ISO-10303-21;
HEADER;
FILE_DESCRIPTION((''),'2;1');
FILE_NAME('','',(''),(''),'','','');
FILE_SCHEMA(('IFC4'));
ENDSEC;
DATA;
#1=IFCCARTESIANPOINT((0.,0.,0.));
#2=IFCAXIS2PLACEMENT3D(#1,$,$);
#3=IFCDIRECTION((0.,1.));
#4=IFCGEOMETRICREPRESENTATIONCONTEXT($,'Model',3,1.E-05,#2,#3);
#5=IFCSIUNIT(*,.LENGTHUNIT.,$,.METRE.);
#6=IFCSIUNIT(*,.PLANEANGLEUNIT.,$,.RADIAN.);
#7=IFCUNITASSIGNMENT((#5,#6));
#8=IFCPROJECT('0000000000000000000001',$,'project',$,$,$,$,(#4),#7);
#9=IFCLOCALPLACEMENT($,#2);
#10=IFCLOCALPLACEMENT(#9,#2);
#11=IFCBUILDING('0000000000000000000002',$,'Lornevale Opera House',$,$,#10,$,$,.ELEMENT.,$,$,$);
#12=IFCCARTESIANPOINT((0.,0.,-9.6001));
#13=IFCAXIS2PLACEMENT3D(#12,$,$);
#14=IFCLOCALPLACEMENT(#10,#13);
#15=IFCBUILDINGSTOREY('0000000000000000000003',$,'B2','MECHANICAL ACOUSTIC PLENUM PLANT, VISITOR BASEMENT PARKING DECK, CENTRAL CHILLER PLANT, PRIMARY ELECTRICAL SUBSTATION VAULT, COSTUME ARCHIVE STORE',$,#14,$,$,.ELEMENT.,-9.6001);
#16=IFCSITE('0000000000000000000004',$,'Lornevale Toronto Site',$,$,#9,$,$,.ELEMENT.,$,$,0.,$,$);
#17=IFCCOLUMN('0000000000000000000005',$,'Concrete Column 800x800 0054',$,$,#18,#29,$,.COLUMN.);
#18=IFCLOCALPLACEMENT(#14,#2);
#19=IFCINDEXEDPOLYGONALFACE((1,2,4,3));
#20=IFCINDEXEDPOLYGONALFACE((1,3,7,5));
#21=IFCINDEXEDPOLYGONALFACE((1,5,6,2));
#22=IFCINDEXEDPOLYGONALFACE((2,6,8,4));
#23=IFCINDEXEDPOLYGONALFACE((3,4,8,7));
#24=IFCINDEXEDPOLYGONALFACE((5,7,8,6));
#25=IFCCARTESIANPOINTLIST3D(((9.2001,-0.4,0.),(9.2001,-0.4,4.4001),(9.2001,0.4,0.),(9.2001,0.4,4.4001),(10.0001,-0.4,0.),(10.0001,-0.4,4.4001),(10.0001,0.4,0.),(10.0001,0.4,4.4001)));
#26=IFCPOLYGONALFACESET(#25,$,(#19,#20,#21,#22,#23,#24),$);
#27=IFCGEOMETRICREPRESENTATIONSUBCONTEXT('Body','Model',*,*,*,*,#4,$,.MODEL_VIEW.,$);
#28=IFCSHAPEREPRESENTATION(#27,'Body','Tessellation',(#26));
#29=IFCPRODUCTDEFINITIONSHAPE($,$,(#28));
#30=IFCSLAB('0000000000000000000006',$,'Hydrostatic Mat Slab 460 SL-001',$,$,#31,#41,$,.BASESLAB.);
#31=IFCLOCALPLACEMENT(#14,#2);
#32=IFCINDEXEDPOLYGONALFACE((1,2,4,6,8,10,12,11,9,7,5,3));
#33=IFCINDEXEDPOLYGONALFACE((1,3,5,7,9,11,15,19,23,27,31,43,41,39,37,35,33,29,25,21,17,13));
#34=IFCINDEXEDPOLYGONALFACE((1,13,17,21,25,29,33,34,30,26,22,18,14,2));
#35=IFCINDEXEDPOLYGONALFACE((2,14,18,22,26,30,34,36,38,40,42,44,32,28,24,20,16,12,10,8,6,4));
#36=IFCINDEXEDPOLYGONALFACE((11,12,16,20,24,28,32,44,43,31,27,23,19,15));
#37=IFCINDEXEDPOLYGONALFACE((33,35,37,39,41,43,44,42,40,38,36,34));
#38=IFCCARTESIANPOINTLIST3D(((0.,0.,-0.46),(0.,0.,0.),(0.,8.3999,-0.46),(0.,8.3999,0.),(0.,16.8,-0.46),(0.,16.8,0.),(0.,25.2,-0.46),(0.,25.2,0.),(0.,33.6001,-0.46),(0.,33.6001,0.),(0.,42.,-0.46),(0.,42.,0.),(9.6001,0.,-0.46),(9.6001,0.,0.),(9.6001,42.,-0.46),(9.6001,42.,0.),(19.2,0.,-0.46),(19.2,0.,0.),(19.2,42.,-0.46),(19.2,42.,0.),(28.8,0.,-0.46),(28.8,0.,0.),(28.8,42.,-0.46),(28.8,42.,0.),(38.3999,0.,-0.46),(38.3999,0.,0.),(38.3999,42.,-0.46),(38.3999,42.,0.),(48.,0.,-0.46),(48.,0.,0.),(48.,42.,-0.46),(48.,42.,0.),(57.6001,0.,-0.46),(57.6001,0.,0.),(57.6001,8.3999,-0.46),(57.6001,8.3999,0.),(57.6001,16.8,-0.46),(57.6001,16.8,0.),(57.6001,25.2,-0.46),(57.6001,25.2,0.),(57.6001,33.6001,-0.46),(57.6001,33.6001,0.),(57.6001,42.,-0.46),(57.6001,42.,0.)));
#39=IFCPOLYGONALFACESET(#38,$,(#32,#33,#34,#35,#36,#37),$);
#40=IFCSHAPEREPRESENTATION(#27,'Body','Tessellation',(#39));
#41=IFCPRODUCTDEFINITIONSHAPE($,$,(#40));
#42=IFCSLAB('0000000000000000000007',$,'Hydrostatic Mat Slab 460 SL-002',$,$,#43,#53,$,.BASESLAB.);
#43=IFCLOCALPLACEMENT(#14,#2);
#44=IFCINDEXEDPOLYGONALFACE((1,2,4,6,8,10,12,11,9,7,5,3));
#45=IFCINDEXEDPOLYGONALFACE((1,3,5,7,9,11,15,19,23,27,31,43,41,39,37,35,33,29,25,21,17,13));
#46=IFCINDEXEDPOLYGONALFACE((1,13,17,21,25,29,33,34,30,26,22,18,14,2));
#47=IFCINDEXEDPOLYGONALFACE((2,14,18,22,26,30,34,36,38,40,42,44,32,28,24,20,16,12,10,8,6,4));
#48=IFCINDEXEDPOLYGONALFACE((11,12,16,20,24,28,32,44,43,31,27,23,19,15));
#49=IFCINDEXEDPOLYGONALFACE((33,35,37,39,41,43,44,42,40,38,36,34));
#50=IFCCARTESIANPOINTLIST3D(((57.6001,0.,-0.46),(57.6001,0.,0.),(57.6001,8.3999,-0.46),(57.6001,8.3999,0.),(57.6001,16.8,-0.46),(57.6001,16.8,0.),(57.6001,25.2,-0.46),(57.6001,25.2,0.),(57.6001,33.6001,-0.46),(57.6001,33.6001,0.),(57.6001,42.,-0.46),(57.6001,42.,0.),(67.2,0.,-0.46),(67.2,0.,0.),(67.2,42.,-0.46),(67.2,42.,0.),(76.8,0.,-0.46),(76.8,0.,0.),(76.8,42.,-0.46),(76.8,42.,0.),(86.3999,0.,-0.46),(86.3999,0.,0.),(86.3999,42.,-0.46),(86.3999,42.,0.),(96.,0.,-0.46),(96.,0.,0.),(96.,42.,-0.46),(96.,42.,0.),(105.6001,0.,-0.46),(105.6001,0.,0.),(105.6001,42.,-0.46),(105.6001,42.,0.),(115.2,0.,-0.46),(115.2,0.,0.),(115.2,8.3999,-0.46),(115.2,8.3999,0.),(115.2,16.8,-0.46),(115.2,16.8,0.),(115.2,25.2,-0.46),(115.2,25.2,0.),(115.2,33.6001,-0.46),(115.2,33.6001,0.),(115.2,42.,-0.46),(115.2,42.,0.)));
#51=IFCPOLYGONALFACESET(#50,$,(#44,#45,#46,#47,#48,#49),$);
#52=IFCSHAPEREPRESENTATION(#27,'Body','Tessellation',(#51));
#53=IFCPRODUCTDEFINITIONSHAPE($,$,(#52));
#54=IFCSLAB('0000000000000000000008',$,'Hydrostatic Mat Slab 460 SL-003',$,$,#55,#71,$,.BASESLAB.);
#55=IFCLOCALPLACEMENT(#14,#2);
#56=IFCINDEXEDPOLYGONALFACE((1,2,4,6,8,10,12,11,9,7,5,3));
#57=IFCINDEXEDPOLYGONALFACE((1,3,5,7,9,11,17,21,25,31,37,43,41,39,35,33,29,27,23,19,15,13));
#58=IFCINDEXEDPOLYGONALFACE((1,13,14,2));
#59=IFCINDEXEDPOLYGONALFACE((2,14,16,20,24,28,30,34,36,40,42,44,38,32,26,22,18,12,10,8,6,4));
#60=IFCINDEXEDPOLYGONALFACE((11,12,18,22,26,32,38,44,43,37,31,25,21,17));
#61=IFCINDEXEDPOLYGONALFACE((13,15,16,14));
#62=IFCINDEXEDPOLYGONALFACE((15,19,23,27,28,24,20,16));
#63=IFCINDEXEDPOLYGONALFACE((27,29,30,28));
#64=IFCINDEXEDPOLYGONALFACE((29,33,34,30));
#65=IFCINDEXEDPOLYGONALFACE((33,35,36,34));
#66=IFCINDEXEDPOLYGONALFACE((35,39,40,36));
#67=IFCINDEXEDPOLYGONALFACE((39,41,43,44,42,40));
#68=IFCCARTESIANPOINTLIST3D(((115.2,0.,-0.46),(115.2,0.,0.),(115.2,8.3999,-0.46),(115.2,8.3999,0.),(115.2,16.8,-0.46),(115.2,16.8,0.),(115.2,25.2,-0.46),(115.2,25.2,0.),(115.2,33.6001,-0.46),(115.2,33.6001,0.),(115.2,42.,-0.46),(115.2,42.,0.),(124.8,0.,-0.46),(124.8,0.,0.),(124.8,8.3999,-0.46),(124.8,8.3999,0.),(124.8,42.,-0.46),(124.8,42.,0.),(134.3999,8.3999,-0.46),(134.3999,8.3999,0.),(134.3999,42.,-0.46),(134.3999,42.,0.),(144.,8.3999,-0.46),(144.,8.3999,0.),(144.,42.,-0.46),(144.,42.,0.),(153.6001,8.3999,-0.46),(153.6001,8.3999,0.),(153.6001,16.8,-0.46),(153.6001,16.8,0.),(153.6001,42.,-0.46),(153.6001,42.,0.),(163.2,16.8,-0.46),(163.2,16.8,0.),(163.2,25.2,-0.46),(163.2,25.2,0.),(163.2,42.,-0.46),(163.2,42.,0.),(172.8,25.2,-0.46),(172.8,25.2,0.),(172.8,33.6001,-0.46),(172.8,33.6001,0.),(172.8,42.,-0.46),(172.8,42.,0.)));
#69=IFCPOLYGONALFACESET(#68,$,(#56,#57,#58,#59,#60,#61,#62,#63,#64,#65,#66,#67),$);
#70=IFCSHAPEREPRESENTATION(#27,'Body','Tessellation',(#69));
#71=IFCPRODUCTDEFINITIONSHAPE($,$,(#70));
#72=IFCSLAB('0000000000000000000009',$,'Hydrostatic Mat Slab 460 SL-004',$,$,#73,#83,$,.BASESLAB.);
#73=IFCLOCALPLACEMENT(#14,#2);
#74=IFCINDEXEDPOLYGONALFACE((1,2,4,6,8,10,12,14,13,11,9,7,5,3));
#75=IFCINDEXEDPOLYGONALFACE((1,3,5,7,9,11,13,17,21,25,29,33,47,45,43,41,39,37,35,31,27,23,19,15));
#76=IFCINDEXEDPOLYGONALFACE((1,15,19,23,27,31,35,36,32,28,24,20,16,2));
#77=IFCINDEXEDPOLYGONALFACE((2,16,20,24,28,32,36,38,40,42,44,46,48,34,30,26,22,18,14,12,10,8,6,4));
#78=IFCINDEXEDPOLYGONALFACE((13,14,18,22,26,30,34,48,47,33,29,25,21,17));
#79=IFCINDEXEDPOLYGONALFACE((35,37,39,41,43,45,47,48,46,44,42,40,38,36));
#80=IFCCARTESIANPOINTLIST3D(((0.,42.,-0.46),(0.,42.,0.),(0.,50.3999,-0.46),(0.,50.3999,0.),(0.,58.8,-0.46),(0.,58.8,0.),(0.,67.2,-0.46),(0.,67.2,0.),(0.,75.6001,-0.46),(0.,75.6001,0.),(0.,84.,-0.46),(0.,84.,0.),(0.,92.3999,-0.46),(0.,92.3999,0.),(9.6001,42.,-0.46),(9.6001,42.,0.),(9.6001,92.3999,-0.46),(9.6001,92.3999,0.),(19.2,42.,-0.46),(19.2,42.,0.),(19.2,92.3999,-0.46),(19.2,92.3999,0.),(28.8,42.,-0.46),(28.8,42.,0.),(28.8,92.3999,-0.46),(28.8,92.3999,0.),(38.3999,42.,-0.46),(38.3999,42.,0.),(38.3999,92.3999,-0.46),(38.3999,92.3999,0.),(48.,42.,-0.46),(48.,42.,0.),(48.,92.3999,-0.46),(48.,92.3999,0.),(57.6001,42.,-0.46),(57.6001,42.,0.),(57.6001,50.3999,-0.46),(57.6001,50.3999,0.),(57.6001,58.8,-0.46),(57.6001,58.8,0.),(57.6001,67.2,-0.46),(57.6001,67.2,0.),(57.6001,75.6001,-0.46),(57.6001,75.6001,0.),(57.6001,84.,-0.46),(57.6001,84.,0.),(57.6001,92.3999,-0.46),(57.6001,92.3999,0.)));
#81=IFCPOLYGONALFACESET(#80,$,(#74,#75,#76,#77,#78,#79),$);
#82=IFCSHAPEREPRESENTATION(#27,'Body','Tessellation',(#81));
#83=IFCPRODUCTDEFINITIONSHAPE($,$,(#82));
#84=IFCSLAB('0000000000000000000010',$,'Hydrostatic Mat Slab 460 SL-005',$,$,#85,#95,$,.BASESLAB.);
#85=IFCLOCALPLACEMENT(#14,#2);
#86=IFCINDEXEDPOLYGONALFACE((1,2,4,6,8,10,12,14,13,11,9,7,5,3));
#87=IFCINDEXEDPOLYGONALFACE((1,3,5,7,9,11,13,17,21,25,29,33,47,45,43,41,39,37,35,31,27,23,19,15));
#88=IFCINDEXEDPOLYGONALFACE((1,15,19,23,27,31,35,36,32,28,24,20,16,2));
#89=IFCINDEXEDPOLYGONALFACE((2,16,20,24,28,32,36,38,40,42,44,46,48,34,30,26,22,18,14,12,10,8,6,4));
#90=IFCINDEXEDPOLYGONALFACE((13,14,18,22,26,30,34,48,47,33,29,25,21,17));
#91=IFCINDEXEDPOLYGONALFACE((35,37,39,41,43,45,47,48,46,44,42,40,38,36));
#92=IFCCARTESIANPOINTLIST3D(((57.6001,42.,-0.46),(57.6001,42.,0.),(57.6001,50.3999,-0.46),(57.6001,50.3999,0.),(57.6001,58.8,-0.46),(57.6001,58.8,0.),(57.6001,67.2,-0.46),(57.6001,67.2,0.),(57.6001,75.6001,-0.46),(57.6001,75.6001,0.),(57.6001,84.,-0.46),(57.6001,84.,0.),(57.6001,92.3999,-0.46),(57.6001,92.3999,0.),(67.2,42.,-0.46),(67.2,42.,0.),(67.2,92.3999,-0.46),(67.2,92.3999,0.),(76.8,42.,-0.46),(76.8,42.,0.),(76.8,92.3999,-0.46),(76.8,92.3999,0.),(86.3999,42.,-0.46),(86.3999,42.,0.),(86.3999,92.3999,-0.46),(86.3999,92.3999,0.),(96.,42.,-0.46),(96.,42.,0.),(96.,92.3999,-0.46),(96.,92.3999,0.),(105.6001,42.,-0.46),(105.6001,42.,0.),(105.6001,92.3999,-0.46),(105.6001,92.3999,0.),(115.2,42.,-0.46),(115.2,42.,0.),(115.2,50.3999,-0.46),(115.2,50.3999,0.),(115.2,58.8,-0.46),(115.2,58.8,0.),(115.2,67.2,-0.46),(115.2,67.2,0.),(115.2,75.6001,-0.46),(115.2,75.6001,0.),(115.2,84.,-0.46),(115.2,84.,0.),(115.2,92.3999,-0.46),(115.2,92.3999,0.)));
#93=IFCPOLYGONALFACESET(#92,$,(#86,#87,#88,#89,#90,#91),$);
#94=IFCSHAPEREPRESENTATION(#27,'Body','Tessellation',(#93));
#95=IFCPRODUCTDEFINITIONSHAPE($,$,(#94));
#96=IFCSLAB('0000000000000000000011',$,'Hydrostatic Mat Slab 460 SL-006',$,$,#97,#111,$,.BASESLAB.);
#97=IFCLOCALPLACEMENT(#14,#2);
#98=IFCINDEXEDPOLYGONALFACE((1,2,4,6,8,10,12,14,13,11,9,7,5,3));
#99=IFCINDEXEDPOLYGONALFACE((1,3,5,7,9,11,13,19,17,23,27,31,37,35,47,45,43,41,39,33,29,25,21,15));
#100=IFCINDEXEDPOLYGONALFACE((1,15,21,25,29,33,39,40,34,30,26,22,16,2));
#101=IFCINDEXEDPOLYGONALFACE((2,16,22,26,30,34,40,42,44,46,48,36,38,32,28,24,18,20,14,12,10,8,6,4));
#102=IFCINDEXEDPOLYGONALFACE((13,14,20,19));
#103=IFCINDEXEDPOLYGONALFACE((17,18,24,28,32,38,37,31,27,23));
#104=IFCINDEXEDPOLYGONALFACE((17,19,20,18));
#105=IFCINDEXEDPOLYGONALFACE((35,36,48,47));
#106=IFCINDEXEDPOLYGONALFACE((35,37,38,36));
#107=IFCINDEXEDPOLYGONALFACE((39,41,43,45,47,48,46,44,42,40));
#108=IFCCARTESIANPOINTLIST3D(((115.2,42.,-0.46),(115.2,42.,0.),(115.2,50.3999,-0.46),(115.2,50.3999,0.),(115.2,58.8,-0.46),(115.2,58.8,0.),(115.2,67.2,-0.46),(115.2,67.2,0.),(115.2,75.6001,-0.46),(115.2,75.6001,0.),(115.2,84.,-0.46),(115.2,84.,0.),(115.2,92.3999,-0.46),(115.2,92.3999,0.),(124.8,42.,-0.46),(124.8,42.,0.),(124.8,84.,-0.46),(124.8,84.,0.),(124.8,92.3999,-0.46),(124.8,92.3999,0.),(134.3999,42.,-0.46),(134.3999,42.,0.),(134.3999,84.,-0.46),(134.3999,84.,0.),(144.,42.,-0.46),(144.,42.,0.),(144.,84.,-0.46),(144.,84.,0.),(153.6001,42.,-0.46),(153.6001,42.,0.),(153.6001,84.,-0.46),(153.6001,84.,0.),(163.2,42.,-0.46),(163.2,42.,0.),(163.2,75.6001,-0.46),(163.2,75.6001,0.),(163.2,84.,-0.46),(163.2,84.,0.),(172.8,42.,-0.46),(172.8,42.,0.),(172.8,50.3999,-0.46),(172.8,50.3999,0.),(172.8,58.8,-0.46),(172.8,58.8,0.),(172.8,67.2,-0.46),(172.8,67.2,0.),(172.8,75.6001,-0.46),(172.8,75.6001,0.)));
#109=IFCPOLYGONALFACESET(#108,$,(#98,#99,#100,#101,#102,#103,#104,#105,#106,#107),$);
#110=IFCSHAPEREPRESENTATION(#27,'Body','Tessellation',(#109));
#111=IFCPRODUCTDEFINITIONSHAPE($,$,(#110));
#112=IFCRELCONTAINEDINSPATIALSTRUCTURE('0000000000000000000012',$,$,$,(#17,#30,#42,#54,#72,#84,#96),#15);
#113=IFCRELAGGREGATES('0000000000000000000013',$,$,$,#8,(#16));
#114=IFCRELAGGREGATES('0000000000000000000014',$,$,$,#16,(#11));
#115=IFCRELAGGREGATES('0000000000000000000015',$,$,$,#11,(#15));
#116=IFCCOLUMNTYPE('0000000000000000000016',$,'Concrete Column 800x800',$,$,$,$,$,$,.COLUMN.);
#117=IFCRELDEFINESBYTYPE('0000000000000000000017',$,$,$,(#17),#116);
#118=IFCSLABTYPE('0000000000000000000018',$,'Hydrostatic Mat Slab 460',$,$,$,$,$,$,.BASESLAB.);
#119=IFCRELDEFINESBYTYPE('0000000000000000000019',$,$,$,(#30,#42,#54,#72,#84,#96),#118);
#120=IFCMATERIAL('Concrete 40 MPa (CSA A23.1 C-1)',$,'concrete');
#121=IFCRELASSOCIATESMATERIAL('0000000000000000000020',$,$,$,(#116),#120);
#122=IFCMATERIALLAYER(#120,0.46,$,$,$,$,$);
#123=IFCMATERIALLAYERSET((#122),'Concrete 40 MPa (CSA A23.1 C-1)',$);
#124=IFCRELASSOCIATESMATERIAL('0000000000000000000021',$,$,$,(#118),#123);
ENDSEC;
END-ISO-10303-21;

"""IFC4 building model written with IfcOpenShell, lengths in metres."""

from ifc_helpers import new_model, si_unit, direction, frame, origin, origin_2d, place, context, subcontext, project, spatial, polyline, rectangle, outline, extrude, material, layer, layer_set, material_profile, profile_set, type_object, element, save


model = new_model("IFC4")

# Units and contexts
model_context = context("Model", 3, precision=1e-05, world=origin(), true_north=direction((0.0, 1.0)))
body_context = subcontext(model_context, "Body", "Model", "MODEL_VIEW")
ifc_project = project(units=[si_unit("LENGTHUNIT", "METRE"), si_unit("PLANEANGLEUNIT", "RADIAN")], contexts=[model_context])

# Site, building, storey
site_placement = place(None, origin())
site = spatial("IfcSite", under=ifc_project, at=site_placement, Name="Lornevale Toronto Site", CompositionType="ELEMENT", RefElevation=0.0)
building_placement = place(site_placement, origin())
building = spatial("IfcBuilding", under=site, at=building_placement, Name="Lornevale Opera House", CompositionType="ELEMENT")
storey_placement = place(building_placement, frame((0.0, 0.0, -9.6001)))
storey = spatial("IfcBuildingStorey", under=building, at=storey_placement, Name="B2", Description="MECHANICAL ACOUSTIC PLENUM PLANT, VISITOR BASEMENT PARKING DECK, CENTRAL CHILLER PLANT, PRIMARY ELECTRICAL SUBSTATION VAULT, COSTUME ARCHIVE STORE", CompositionType="ELEMENT", Elevation=-9.6001)

# Shared definitions
ifc_material_1 = material(Name="Concrete 40 MPa (CSA A23.1 C-1)", Category="concrete")

# Column
ifc_material_profile_1 = material_profile(ifc_material_1, rectangle(XDim=0.8, YDim=0.8, at=origin_2d()), Name="RC800x800")
ifc_profile_set_1 = profile_set([ifc_material_profile_1], Name="Concrete 40 MPa (CSA A23.1 C-1)")
column_type = type_object("IfcColumnType", Name="Concrete Column 800x800", PredefinedType="COLUMN", material=ifc_profile_set_1)
for number, where, z_axis, x_axis, name in (
    (1, (9.6001, 0.0, 0.0), (0.0, 0.0, 1.0), (1.0, 0.0, 0.0), "Concrete Column 800x800 0054"),
):
    element("IfcColumn", number, at=place(storey_placement, frame(where, z_axis=z_axis, x_axis=x_axis)), inside=storey, type_object=column_type, Name=name, PredefinedType="COLUMN", context=body_context, shape_type="SweptSolid", body=[
        extrude(rectangle(XDim=0.8, YDim=0.8, at=origin_2d()), origin(), (0.0, 0.0, 1.0), 4.4001),
    ])

# Slabs
ifc_layer_1 = layer(ifc_material_1, 0.46)
ifc_layer_set_1 = layer_set([ifc_layer_1], Name="Concrete 40 MPa (CSA A23.1 C-1)")
slab_type_1 = type_object("IfcSlabType", Name="Hydrostatic Mat Slab 460", PredefinedType="BASESLAB", material=ifc_layer_set_1)
slab_1_placement = place(storey_placement, frame((0.0, 0.0, -0.46)))
element("IfcSlab", 2, at=slab_1_placement, inside=storey, type_object=slab_type_1, Name="Hydrostatic Mat Slab 460 SL-001", PredefinedType="BASESLAB", context=body_context, shape_type="SweptSolid", body=[
    extrude(outline(polyline([(0.0, 25.2), (0.0, 33.6001), (0.0, 42.0), (9.6001, 42.0), (19.2, 42.0), (28.8, 42.0), (38.3999, 42.0), (48.0, 42.0), (57.6001, 42.0), (57.6001, 33.6001), (57.6001, 25.2), (57.6001, 16.8), (57.6001, 8.3999), (57.6001, 0.0), (48.0, 0.0), (38.3999, 0.0), (28.8, 0.0), (19.2, 0.0), (9.6001, 0.0), (0.0, 0.0), (0.0, 8.3999), (0.0, 16.8), (0.0, 25.2)])), origin(), (0.0, 0.0, 1.0), 0.46),
])
slab_2_placement = place(storey_placement, frame((0.0, 0.0, -0.46)))
element("IfcSlab", 3, at=slab_2_placement, inside=storey, type_object=slab_type_1, Name="Hydrostatic Mat Slab 460 SL-002", PredefinedType="BASESLAB", context=body_context, shape_type="SweptSolid", body=[
    extrude(outline(polyline([(57.6001, 25.2), (57.6001, 33.6001), (57.6001, 42.0), (67.2, 42.0), (76.8, 42.0), (86.3999, 42.0), (96.0, 42.0), (105.6001, 42.0), (115.2, 42.0), (115.2, 33.6001), (115.2, 25.2), (115.2, 16.8), (115.2, 8.3999), (115.2, 0.0), (105.6001, 0.0), (96.0, 0.0), (86.3999, 0.0), (76.8, 0.0), (67.2, 0.0), (57.6001, 0.0), (57.6001, 8.3999), (57.6001, 16.8), (57.6001, 25.2)])), origin(), (0.0, 0.0, 1.0), 0.46),
])
slab_3_placement = place(storey_placement, frame((0.0, 0.0, -0.46)))
element("IfcSlab", 4, at=slab_3_placement, inside=storey, type_object=slab_type_1, Name="Hydrostatic Mat Slab 460 SL-003", PredefinedType="BASESLAB", context=body_context, shape_type="SweptSolid", body=[
    extrude(outline(polyline([(115.2, 16.8), (115.2, 25.2), (115.2, 33.6001), (115.2, 42.0), (124.8, 42.0), (134.3999, 42.0), (144.0, 42.0), (153.6001, 42.0), (163.2, 42.0), (172.8, 42.0), (172.8, 33.6001), (172.8, 25.2), (163.2, 25.2), (163.2, 16.8), (153.6001, 16.8), (153.6001, 8.3999), (144.0, 8.3999), (134.3999, 8.3999), (124.8, 8.3999), (124.8, 0.0), (115.2, 0.0), (115.2, 8.3999), (115.2, 16.8)])), origin(), (0.0, 0.0, 1.0), 0.46),
])
slab_4_placement = place(storey_placement, frame((0.0, 0.0, -0.46)))
element("IfcSlab", 5, at=slab_4_placement, inside=storey, type_object=slab_type_1, Name="Hydrostatic Mat Slab 460 SL-004", PredefinedType="BASESLAB", context=body_context, shape_type="SweptSolid", body=[
    extrude(outline(polyline([(9.6001, 42.0), (0.0, 42.0), (0.0, 50.3999), (0.0, 58.8), (0.0, 67.2), (0.0, 75.6001), (0.0, 84.0), (0.0, 92.3999), (9.6001, 92.3999), (19.2, 92.3999), (28.8, 92.3999), (38.3999, 92.3999), (48.0, 92.3999), (57.6001, 92.3999), (57.6001, 84.0), (57.6001, 75.6001), (57.6001, 67.2), (57.6001, 58.8), (57.6001, 50.3999), (57.6001, 42.0), (48.0, 42.0), (38.3999, 42.0), (28.8, 42.0), (19.2, 42.0), (9.6001, 42.0)])), origin(), (0.0, 0.0, 1.0), 0.46),
])
slab_5_placement = place(storey_placement, frame((0.0, 0.0, -0.46)))
element("IfcSlab", 6, at=slab_5_placement, inside=storey, type_object=slab_type_1, Name="Hydrostatic Mat Slab 460 SL-005", PredefinedType="BASESLAB", context=body_context, shape_type="SweptSolid", body=[
    extrude(outline(polyline([(67.2, 42.0), (57.6001, 42.0), (57.6001, 50.3999), (57.6001, 58.8), (57.6001, 67.2), (57.6001, 75.6001), (57.6001, 84.0), (57.6001, 92.3999), (67.2, 92.3999), (76.8, 92.3999), (86.3999, 92.3999), (96.0, 92.3999), (105.6001, 92.3999), (115.2, 92.3999), (115.2, 84.0), (115.2, 75.6001), (115.2, 67.2), (115.2, 58.8), (115.2, 50.3999), (115.2, 42.0), (105.6001, 42.0), (96.0, 42.0), (86.3999, 42.0), (76.8, 42.0), (67.2, 42.0)])), origin(), (0.0, 0.0, 1.0), 0.46),
])
slab_6_placement = place(storey_placement, frame((0.0, 0.0, -0.46)))
element("IfcSlab", 7, at=slab_6_placement, inside=storey, type_object=slab_type_1, Name="Hydrostatic Mat Slab 460 SL-006", PredefinedType="BASESLAB", context=body_context, shape_type="SweptSolid", body=[
    extrude(outline(polyline([(115.2, 67.2), (115.2, 75.6001), (115.2, 84.0), (115.2, 92.3999), (124.8, 92.3999), (124.8, 84.0), (134.3999, 84.0), (144.0, 84.0), (153.6001, 84.0), (163.2, 84.0), (163.2, 75.6001), (172.8, 75.6001), (172.8, 67.2), (172.8, 58.8), (172.8, 50.3999), (172.8, 42.0), (163.2, 42.0), (153.6001, 42.0), (144.0, 42.0), (134.3999, 42.0), (124.8, 42.0), (115.2, 42.0), (115.2, 50.3999), (115.2, 58.8), (115.2, 67.2)])), origin(), (0.0, 0.0, 1.0), 0.46),
])

save(model, "model.ifc")
